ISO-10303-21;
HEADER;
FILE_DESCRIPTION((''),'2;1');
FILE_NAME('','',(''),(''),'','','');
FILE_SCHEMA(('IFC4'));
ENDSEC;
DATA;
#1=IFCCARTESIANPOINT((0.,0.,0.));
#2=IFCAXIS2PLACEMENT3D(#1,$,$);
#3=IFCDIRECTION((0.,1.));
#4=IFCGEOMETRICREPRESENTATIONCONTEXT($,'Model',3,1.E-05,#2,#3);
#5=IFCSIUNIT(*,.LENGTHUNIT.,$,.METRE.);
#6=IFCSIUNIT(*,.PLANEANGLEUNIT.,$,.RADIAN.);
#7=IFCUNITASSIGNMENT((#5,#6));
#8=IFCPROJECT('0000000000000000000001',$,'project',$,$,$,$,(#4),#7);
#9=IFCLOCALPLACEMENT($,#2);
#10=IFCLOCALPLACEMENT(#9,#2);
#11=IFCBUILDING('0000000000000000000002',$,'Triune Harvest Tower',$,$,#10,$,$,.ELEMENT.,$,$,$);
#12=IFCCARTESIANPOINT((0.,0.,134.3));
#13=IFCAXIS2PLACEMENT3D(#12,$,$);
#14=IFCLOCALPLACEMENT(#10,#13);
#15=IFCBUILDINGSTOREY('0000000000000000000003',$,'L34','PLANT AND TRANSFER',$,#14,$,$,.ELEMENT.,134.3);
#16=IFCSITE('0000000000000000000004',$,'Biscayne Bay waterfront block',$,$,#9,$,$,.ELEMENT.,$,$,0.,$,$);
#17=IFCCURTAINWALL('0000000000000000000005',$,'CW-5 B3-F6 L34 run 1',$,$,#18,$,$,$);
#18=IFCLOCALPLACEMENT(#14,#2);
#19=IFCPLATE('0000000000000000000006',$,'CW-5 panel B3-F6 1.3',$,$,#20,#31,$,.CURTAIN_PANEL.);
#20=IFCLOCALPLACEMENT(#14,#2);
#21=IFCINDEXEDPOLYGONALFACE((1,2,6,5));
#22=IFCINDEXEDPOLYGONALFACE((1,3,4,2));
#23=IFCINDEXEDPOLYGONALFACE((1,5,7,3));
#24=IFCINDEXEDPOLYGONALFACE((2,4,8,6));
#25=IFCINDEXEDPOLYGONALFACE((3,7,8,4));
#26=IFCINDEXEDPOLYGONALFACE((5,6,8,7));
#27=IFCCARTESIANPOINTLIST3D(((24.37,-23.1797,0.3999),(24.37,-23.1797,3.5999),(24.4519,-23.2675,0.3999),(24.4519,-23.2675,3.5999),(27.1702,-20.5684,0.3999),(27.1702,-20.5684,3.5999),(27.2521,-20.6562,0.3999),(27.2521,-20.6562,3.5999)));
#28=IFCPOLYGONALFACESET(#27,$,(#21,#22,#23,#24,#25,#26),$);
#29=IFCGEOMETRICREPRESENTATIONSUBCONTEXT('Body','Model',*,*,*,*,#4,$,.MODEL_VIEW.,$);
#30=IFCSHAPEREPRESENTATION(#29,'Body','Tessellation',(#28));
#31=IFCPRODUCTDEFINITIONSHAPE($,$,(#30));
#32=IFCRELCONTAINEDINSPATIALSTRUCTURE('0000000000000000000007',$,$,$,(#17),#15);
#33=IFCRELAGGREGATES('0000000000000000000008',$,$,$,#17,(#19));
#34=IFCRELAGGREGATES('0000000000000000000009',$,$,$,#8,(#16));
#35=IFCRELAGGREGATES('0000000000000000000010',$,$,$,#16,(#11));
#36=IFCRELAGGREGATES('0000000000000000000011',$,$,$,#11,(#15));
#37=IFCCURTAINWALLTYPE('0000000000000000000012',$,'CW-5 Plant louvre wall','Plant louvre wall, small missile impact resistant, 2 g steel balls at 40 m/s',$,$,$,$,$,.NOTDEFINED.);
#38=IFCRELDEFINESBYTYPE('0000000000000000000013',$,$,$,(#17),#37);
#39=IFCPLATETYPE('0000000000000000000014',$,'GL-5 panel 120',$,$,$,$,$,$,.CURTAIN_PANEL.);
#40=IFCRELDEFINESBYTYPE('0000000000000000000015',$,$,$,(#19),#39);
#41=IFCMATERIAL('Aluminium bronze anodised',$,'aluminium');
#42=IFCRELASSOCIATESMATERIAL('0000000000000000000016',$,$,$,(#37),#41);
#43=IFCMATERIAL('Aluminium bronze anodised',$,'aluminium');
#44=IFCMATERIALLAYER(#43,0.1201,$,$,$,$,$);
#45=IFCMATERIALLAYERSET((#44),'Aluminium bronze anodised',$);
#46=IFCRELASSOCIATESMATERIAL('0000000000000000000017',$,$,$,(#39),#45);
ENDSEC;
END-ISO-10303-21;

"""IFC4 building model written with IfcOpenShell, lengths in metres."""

from ifc_helpers import new_model, si_unit, direction, frame, origin, origin_2d, place, context, subcontext, project, spatial, rectangle, extrude, source, transform, mapped, material, layer, layer_set, type_object, element, aggregate, save


model = new_model("IFC4")

# Units and contexts
model_context = context("Model", 3, precision=1e-05, world=origin(), true_north=direction((0.0, 1.0)))
body_context = subcontext(model_context, "Body", "Model", "MODEL_VIEW")
ifc_project = project(units=[si_unit("LENGTHUNIT", "METRE"), si_unit("PLANEANGLEUNIT", "RADIAN")], contexts=[model_context])

# Site, building, storey
site_placement = place(None, origin())
site = spatial("IfcSite", under=ifc_project, at=site_placement, Name="Biscayne Bay waterfront block", CompositionType="ELEMENT", RefElevation=0.0)
building_placement = place(site_placement, origin())
building = spatial("IfcBuilding", under=site, at=building_placement, Name="Triune Harvest Tower", CompositionType="ELEMENT")
storey_placement = place(building_placement, frame((0.0, 0.0, 134.3)))
storey = spatial("IfcBuildingStorey", under=building, at=storey_placement, Name="L34", Description="PLANT AND TRANSFER", CompositionType="ELEMENT", Elevation=134.3)

# Curtain wall
ifc_material_1 = material(Name="Aluminium bronze anodised", Category="aluminium")
curtain_wall_type = type_object("IfcCurtainWallType", Name="CW-5 Plant louvre wall", Description="Plant louvre wall, small missile impact resistant, 2 g steel balls at 40 m/s", PredefinedType="NOTDEFINED", material=ifc_material_1)
curtain_wall_1_placement = place(storey_placement, origin())
curtain_wall_1 = element("IfcCurtainWall", 1, at=curtain_wall_1_placement, inside=storey, type_object=curtain_wall_type, Name="CW-5 B3-F6 L34 run 1")

# Plate
ifc_material_2 = material(Name="Aluminium bronze anodised", Category="aluminium")
ifc_layer = layer(ifc_material_2, 0.1201)
ifc_layer_set = layer_set([ifc_layer], Name="Aluminium bronze anodised")
plate_type = type_object("IfcPlateType", Name="GL-5 panel 120", PredefinedType="CURTAIN_PANEL", material=ifc_layer_set)
shared_shape_1 = source(origin(), body_context, "Body", "SweptSolid", [
    extrude(rectangle(XDim=3.8289, YDim=0.1201, at=origin_2d()), origin(), (0.0, 0.0, 1.0), 3.2),
])
plate_1_placement = place(storey_placement, frame((25.811, -21.918, 0.3999), z_axis=(0.0, 0.0, 1.0), x_axis=(0.73135, 0.682002, 0.0)))
plate_1 = element("IfcPlate", 2, at=plate_1_placement, type_object=plate_type, Name="CW-5 panel B3-F6 1.3", PredefinedType="CURTAIN_PANEL", context=body_context, shape_type="MappedRepresentation", body=[
    mapped(shared_shape_1, transform((0.0, 0.0, 0.0), scale=1.0)),
])
aggregate(curtain_wall_1, [plate_1])

save(model, "model.ifc")
